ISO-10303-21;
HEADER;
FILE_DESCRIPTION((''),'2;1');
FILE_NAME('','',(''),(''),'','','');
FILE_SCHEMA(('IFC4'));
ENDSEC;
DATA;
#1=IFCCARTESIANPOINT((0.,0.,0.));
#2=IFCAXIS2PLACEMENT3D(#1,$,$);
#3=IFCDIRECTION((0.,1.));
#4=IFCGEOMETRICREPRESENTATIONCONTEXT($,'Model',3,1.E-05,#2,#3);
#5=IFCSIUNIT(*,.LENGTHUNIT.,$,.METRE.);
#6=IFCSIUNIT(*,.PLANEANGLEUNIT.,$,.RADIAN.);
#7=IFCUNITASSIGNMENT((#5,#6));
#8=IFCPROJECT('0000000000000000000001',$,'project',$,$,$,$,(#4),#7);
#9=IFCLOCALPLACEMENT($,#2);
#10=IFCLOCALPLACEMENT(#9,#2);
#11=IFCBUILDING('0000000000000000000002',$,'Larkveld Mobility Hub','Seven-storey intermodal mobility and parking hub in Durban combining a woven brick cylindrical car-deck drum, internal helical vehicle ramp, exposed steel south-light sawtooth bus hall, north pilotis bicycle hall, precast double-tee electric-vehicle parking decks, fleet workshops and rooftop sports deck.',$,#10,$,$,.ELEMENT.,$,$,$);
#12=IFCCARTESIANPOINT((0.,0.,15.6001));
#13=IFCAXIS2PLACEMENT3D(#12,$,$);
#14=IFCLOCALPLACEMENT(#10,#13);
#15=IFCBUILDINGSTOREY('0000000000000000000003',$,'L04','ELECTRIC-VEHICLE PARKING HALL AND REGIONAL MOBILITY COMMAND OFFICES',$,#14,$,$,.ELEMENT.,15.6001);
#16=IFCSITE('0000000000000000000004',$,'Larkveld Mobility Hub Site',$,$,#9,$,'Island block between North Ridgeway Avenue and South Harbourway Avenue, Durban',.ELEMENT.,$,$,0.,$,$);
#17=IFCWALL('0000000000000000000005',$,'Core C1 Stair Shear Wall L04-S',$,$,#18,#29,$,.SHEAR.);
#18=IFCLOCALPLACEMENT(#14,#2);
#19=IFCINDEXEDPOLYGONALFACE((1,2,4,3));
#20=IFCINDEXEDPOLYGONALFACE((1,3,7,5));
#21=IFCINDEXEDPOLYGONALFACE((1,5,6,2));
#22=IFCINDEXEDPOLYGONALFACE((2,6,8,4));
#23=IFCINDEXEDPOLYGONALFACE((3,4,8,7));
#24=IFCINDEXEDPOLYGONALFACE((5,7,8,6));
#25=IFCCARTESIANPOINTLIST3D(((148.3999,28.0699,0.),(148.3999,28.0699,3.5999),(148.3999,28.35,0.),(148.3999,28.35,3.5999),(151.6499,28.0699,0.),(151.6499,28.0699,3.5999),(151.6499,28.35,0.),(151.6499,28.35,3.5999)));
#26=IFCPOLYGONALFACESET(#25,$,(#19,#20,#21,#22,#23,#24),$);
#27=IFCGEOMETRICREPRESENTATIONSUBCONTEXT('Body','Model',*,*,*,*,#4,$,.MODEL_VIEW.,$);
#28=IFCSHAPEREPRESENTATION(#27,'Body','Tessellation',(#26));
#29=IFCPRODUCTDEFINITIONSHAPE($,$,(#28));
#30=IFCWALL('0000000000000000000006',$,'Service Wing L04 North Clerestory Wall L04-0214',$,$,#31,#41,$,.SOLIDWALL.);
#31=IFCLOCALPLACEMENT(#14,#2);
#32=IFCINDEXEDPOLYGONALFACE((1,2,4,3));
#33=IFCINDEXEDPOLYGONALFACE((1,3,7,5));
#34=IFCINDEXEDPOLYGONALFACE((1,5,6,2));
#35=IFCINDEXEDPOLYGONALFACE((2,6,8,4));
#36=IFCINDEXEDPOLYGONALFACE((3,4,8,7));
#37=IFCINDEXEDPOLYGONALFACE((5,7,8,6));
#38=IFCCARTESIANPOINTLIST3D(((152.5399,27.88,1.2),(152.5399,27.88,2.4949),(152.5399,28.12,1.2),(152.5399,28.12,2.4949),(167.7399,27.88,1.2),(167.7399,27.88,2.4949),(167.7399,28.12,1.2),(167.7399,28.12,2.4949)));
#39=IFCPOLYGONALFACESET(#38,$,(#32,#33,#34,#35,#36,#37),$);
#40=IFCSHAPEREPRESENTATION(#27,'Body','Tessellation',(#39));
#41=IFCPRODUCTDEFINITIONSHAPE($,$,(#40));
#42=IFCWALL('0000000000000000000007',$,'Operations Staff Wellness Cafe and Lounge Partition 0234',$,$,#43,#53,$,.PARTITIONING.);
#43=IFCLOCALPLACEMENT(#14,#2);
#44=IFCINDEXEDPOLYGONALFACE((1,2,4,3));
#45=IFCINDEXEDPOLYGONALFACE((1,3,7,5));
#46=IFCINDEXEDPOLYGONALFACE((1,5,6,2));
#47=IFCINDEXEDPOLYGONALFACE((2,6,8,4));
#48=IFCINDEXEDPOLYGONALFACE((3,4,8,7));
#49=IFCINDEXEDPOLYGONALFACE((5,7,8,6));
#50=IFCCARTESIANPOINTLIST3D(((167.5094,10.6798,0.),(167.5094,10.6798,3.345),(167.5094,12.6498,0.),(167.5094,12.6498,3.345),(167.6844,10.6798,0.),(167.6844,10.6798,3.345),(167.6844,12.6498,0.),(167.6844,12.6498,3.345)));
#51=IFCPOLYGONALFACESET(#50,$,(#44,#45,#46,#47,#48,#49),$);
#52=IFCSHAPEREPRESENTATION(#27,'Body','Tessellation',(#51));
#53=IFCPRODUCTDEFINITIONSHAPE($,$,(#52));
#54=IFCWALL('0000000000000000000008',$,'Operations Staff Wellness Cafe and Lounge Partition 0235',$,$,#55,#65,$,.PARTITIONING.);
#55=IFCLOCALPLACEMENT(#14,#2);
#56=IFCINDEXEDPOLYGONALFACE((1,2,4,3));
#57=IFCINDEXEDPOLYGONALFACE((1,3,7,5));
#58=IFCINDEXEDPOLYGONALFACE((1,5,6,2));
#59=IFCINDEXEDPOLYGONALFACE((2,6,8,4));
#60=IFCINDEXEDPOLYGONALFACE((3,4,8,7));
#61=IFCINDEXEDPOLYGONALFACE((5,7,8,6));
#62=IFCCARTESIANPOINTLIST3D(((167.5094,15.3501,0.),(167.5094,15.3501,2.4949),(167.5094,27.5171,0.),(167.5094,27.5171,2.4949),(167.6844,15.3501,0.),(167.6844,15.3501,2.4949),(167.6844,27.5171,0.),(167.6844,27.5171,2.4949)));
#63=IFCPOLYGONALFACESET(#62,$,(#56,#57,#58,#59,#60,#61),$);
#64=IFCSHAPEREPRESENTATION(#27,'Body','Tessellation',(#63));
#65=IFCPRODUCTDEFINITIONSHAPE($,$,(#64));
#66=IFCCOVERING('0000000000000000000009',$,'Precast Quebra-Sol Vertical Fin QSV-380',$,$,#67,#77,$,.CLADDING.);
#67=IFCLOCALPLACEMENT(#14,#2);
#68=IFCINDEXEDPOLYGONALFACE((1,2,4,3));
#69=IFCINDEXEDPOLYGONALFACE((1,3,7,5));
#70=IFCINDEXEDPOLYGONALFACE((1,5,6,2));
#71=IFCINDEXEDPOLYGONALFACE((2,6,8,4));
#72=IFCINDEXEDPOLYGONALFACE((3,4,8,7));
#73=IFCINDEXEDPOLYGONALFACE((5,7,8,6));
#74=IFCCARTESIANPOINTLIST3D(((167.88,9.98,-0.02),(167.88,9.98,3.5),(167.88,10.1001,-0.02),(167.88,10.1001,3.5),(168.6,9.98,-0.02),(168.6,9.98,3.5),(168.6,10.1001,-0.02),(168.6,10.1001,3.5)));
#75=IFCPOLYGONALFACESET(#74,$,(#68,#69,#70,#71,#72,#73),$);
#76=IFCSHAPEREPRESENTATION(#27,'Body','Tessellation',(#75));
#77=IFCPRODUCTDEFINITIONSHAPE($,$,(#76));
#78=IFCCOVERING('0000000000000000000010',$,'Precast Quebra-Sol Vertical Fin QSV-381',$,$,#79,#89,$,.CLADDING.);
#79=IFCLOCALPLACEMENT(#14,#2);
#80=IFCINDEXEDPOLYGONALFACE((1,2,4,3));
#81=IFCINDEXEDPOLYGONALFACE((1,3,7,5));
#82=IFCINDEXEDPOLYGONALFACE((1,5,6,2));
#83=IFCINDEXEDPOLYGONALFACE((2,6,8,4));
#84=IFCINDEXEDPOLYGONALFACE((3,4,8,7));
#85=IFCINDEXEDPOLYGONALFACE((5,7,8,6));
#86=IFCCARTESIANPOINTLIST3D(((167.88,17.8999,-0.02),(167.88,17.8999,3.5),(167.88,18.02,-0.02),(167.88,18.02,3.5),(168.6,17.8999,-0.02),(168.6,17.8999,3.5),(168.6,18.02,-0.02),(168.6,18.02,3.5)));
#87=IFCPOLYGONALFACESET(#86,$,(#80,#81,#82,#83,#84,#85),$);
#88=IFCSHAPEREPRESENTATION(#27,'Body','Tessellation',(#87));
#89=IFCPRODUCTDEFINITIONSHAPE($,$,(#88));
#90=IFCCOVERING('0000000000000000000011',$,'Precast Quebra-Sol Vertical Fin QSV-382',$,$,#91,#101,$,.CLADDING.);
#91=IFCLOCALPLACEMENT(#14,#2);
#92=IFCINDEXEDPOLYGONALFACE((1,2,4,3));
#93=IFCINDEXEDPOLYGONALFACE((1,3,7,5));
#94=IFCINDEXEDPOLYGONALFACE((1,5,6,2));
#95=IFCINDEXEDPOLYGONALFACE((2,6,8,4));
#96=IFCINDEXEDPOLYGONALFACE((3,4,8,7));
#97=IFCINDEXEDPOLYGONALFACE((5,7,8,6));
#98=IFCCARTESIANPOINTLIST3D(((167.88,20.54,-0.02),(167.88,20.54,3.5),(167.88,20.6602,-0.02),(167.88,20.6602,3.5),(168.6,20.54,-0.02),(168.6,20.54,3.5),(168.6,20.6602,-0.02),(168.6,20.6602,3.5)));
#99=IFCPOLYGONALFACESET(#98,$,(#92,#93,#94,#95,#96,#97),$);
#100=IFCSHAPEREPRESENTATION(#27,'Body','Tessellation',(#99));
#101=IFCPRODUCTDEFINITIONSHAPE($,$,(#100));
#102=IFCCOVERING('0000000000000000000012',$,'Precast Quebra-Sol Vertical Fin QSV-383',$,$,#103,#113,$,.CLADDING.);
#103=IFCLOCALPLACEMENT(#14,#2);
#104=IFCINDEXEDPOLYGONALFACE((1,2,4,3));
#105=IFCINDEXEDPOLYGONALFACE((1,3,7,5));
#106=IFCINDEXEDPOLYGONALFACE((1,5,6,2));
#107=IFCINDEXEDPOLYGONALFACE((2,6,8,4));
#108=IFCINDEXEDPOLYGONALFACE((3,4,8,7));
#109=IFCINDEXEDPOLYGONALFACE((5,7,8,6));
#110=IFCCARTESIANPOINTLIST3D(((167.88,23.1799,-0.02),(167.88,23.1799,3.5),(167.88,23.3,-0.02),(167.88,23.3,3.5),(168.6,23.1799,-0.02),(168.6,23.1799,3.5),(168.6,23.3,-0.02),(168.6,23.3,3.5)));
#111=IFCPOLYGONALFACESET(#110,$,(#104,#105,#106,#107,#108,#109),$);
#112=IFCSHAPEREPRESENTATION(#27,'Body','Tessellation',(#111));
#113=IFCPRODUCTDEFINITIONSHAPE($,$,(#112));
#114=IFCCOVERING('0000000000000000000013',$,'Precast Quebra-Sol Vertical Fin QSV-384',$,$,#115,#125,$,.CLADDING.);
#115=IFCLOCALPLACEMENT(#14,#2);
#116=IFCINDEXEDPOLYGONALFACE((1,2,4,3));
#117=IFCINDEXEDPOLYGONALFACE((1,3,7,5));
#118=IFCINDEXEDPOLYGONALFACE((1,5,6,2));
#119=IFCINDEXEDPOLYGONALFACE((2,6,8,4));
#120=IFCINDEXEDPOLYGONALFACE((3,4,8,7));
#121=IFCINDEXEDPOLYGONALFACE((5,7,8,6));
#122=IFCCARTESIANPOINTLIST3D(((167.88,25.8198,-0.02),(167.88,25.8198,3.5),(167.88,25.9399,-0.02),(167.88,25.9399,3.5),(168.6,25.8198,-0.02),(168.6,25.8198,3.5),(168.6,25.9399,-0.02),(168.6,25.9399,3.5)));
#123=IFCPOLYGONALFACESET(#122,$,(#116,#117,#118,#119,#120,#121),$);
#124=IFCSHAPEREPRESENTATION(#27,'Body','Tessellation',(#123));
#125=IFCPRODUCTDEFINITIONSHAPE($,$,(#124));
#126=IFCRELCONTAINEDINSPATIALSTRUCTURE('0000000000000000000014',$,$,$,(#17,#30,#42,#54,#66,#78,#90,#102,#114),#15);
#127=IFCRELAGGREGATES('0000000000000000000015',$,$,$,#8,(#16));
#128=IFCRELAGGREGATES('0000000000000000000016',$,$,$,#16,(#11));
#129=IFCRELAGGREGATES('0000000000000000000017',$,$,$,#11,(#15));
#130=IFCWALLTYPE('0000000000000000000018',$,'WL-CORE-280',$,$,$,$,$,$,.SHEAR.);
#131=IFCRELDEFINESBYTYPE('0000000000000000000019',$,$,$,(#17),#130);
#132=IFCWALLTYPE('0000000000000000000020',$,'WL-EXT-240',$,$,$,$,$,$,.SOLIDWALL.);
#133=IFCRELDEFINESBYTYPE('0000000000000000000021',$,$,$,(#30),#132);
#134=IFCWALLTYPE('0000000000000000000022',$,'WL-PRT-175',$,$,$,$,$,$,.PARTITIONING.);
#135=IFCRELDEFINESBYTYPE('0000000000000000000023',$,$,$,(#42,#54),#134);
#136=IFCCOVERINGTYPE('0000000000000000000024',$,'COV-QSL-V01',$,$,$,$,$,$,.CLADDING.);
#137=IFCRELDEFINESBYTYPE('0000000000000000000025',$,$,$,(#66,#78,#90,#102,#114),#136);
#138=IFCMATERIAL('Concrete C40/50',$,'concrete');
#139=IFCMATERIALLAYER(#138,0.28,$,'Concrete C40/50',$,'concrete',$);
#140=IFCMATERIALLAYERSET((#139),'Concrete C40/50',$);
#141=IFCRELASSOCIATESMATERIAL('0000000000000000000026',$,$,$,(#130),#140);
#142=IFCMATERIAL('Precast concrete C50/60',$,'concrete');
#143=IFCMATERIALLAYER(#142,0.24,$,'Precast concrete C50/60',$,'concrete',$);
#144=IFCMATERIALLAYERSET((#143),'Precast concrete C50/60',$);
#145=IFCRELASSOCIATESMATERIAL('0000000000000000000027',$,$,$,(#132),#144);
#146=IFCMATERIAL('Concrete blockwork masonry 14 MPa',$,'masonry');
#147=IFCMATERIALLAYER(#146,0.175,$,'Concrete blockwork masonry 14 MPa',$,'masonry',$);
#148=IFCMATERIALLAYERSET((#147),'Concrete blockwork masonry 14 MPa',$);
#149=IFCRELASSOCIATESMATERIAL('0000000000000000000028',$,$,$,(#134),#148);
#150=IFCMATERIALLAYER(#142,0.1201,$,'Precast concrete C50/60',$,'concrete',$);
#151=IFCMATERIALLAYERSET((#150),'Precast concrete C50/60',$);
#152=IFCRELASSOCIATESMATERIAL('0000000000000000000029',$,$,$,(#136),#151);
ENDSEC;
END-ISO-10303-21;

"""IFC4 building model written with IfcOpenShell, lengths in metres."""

from ifc_helpers import new_model, si_unit, direction, frame, frame_2d, origin, origin_2d, place, context, subcontext, project, spatial, rectangle, extrude, material, layer, layer_set, type_object, element, save


model = new_model("IFC4")

# Units and contexts
model_context = context("Model", 3, precision=1e-05, world=origin(), true_north=direction((0.0, 1.0)))
body_context = subcontext(model_context, "Body", "Model", "MODEL_VIEW")
ifc_project = project(units=[si_unit("LENGTHUNIT", "METRE"), si_unit("PLANEANGLEUNIT", "RADIAN")], contexts=[model_context])

# Site, building, storey
site_placement = place(None, origin())
site = spatial("IfcSite", under=ifc_project, at=site_placement, Name="Larkveld Mobility Hub Site", LongName="Island block between North Ridgeway Avenue and South Harbourway Avenue, Durban", CompositionType="ELEMENT", RefElevation=0.0)
building_placement = place(site_placement, origin())
building = spatial("IfcBuilding", under=site, at=building_placement, Name="Larkveld Mobility Hub", Description="Seven-storey intermodal mobility and parking hub in Durban combining a woven brick cylindrical car-deck drum, internal helical vehicle ramp, exposed steel south-light sawtooth bus hall, north pilotis bicycle hall, precast double-tee electric-vehicle parking decks, fleet workshops and rooftop sports deck.", CompositionType="ELEMENT")
storey_placement = place(building_placement, frame((0.0, 0.0, 15.6001)))
storey = spatial("IfcBuildingStorey", under=building, at=storey_placement, Name="L04", Description="ELECTRIC-VEHICLE PARKING HALL AND REGIONAL MOBILITY COMMAND OFFICES", CompositionType="ELEMENT", Elevation=15.6001)

# Shared definitions
ifc_material_1 = material(Name="Concrete C40/50", Category="concrete")

# Shared definitions
ifc_material_2 = material(Name="Precast concrete C50/60", Category="concrete")

# Walls
ifc_layer_1 = layer(ifc_material_1, 0.28, Name="Concrete C40/50", Category="concrete")
ifc_layer_set_1 = layer_set([ifc_layer_1], Name="Concrete C40/50")
wall_type_1 = type_object("IfcWallType", Name="WL-CORE-280", PredefinedType="SHEAR", material=ifc_layer_set_1)
wall_1_placement = place(storey_placement, frame((151.6499, 28.21, 0.0), z_axis=(0.0, 0.0, 1.0), x_axis=(-1.0, 0.0, 0.0)))
element("IfcWall", 1, at=wall_1_placement, inside=storey, type_object=wall_type_1, Name="Core C1 Stair Shear Wall L04-S", PredefinedType="SHEAR", context=body_context, shape_type="SweptSolid", body=[
    extrude(rectangle(XDim=3.25, YDim=0.28, at=frame_2d((1.625, 0.0))), origin(), (0.0, 0.0, 1.0), 3.5999),
])
ifc_layer_2 = layer(ifc_material_2, 0.24, Name="Precast concrete C50/60", Category="concrete")
ifc_layer_set_2 = layer_set([ifc_layer_2], Name="Precast concrete C50/60")
wall_type_2 = type_object("IfcWallType", Name="WL-EXT-240", PredefinedType="SOLIDWALL", material=ifc_layer_set_2)
wall_2_placement = place(storey_placement, frame((167.74, 28.0, 1.2), z_axis=(0.0, 0.0, 1.0), x_axis=(-1.0, 0.0, 0.0)))
element("IfcWall", 2, at=wall_2_placement, inside=storey, type_object=wall_type_2, Name="Service Wing L04 North Clerestory Wall L04-0214", PredefinedType="SOLIDWALL", context=body_context, shape_type="SweptSolid", body=[
    extrude(rectangle(XDim=15.2, YDim=0.24, at=frame_2d((7.6001, 0.0))), origin(), (0.0, 0.0, 1.0), 1.2949),
])
ifc_material_3 = material(Name="Concrete blockwork masonry 14 MPa", Category="masonry")
ifc_layer_3 = layer(ifc_material_3, 0.175, Name="Concrete blockwork masonry 14 MPa", Category="masonry")
ifc_layer_set_3 = layer_set([ifc_layer_3], Name="Concrete blockwork masonry 14 MPa")
wall_type_3 = type_object("IfcWallType", Name="WL-PRT-175", PredefinedType="PARTITIONING", material=ifc_layer_set_3)
wall_3_placement = place(storey_placement, frame((167.5969, 10.6799, 0.0), z_axis=(0.0, 0.0, 1.0), x_axis=(0.0, 1.0, 0.0)))
element("IfcWall", 3, at=wall_3_placement, inside=storey, type_object=wall_type_3, Name="Operations Staff Wellness Cafe and Lounge Partition 0234", PredefinedType="PARTITIONING", context=body_context, shape_type="SweptSolid", body=[
    extrude(rectangle(XDim=1.97, YDim=0.175, at=frame_2d((0.9849, 0.0))), origin(), (0.0, 0.0, 1.0), 3.345),
])
wall_4_placement = place(storey_placement, frame((167.5969, 15.3501, 0.0), z_axis=(0.0, 0.0, 1.0), x_axis=(0.0, 1.0, 0.0)))
element("IfcWall", 4, at=wall_4_placement, inside=storey, type_object=wall_type_3, Name="Operations Staff Wellness Cafe and Lounge Partition 0235", PredefinedType="PARTITIONING", context=body_context, shape_type="SweptSolid", body=[
    extrude(rectangle(XDim=12.167, YDim=0.175, at=frame_2d((6.0835, 0.0))), origin(), (0.0, 0.0, 1.0), 2.4949),
])

# Coverings
ifc_layer_4 = layer(ifc_material_2, 0.1201, Name="Precast concrete C50/60", Category="concrete")
ifc_layer_set_4 = layer_set([ifc_layer_4], Name="Precast concrete C50/60")
covering_type = type_object("IfcCoveringType", Name="COV-QSL-V01", PredefinedType="CLADDING", material=ifc_layer_set_4)
for number, where, z_axis, x_axis, name in (
    (5, (168.24, 10.04, -0.02), (0.0, 0.0, 1.0), (0.0, 1.0, 0.0), "Precast Quebra-Sol Vertical Fin QSV-380"),
    (6, (168.24, 17.96, -0.02), (0.0, 0.0, 1.0), (0.0, 1.0, 0.0), "Precast Quebra-Sol Vertical Fin QSV-381"),
    (7, (168.24, 20.6001, -0.02), (0.0, 0.0, 1.0), (0.0, 1.0, 0.0), "Precast Quebra-Sol Vertical Fin QSV-382"),
    (8, (168.24, 23.24, -0.02), (0.0, 0.0, 1.0), (0.0, 1.0, 0.0), "Precast Quebra-Sol Vertical Fin QSV-383"),
    (9, (168.24, 25.8799, -0.02), (0.0, 0.0, 1.0), (0.0, 1.0, 0.0), "Precast Quebra-Sol Vertical Fin QSV-384"),
):
    element("IfcCovering", number, at=place(storey_placement, frame(where, z_axis=z_axis, x_axis=x_axis)), inside=storey, type_object=covering_type, Name=name, PredefinedType="CLADDING", context=body_context, shape_type="SweptSolid", body=[
        extrude(rectangle(XDim=0.1201, YDim=0.72, at=origin_2d()), origin(), (0.0, 0.0, 1.0), 3.52),
    ])

save(model, "model.ifc")
